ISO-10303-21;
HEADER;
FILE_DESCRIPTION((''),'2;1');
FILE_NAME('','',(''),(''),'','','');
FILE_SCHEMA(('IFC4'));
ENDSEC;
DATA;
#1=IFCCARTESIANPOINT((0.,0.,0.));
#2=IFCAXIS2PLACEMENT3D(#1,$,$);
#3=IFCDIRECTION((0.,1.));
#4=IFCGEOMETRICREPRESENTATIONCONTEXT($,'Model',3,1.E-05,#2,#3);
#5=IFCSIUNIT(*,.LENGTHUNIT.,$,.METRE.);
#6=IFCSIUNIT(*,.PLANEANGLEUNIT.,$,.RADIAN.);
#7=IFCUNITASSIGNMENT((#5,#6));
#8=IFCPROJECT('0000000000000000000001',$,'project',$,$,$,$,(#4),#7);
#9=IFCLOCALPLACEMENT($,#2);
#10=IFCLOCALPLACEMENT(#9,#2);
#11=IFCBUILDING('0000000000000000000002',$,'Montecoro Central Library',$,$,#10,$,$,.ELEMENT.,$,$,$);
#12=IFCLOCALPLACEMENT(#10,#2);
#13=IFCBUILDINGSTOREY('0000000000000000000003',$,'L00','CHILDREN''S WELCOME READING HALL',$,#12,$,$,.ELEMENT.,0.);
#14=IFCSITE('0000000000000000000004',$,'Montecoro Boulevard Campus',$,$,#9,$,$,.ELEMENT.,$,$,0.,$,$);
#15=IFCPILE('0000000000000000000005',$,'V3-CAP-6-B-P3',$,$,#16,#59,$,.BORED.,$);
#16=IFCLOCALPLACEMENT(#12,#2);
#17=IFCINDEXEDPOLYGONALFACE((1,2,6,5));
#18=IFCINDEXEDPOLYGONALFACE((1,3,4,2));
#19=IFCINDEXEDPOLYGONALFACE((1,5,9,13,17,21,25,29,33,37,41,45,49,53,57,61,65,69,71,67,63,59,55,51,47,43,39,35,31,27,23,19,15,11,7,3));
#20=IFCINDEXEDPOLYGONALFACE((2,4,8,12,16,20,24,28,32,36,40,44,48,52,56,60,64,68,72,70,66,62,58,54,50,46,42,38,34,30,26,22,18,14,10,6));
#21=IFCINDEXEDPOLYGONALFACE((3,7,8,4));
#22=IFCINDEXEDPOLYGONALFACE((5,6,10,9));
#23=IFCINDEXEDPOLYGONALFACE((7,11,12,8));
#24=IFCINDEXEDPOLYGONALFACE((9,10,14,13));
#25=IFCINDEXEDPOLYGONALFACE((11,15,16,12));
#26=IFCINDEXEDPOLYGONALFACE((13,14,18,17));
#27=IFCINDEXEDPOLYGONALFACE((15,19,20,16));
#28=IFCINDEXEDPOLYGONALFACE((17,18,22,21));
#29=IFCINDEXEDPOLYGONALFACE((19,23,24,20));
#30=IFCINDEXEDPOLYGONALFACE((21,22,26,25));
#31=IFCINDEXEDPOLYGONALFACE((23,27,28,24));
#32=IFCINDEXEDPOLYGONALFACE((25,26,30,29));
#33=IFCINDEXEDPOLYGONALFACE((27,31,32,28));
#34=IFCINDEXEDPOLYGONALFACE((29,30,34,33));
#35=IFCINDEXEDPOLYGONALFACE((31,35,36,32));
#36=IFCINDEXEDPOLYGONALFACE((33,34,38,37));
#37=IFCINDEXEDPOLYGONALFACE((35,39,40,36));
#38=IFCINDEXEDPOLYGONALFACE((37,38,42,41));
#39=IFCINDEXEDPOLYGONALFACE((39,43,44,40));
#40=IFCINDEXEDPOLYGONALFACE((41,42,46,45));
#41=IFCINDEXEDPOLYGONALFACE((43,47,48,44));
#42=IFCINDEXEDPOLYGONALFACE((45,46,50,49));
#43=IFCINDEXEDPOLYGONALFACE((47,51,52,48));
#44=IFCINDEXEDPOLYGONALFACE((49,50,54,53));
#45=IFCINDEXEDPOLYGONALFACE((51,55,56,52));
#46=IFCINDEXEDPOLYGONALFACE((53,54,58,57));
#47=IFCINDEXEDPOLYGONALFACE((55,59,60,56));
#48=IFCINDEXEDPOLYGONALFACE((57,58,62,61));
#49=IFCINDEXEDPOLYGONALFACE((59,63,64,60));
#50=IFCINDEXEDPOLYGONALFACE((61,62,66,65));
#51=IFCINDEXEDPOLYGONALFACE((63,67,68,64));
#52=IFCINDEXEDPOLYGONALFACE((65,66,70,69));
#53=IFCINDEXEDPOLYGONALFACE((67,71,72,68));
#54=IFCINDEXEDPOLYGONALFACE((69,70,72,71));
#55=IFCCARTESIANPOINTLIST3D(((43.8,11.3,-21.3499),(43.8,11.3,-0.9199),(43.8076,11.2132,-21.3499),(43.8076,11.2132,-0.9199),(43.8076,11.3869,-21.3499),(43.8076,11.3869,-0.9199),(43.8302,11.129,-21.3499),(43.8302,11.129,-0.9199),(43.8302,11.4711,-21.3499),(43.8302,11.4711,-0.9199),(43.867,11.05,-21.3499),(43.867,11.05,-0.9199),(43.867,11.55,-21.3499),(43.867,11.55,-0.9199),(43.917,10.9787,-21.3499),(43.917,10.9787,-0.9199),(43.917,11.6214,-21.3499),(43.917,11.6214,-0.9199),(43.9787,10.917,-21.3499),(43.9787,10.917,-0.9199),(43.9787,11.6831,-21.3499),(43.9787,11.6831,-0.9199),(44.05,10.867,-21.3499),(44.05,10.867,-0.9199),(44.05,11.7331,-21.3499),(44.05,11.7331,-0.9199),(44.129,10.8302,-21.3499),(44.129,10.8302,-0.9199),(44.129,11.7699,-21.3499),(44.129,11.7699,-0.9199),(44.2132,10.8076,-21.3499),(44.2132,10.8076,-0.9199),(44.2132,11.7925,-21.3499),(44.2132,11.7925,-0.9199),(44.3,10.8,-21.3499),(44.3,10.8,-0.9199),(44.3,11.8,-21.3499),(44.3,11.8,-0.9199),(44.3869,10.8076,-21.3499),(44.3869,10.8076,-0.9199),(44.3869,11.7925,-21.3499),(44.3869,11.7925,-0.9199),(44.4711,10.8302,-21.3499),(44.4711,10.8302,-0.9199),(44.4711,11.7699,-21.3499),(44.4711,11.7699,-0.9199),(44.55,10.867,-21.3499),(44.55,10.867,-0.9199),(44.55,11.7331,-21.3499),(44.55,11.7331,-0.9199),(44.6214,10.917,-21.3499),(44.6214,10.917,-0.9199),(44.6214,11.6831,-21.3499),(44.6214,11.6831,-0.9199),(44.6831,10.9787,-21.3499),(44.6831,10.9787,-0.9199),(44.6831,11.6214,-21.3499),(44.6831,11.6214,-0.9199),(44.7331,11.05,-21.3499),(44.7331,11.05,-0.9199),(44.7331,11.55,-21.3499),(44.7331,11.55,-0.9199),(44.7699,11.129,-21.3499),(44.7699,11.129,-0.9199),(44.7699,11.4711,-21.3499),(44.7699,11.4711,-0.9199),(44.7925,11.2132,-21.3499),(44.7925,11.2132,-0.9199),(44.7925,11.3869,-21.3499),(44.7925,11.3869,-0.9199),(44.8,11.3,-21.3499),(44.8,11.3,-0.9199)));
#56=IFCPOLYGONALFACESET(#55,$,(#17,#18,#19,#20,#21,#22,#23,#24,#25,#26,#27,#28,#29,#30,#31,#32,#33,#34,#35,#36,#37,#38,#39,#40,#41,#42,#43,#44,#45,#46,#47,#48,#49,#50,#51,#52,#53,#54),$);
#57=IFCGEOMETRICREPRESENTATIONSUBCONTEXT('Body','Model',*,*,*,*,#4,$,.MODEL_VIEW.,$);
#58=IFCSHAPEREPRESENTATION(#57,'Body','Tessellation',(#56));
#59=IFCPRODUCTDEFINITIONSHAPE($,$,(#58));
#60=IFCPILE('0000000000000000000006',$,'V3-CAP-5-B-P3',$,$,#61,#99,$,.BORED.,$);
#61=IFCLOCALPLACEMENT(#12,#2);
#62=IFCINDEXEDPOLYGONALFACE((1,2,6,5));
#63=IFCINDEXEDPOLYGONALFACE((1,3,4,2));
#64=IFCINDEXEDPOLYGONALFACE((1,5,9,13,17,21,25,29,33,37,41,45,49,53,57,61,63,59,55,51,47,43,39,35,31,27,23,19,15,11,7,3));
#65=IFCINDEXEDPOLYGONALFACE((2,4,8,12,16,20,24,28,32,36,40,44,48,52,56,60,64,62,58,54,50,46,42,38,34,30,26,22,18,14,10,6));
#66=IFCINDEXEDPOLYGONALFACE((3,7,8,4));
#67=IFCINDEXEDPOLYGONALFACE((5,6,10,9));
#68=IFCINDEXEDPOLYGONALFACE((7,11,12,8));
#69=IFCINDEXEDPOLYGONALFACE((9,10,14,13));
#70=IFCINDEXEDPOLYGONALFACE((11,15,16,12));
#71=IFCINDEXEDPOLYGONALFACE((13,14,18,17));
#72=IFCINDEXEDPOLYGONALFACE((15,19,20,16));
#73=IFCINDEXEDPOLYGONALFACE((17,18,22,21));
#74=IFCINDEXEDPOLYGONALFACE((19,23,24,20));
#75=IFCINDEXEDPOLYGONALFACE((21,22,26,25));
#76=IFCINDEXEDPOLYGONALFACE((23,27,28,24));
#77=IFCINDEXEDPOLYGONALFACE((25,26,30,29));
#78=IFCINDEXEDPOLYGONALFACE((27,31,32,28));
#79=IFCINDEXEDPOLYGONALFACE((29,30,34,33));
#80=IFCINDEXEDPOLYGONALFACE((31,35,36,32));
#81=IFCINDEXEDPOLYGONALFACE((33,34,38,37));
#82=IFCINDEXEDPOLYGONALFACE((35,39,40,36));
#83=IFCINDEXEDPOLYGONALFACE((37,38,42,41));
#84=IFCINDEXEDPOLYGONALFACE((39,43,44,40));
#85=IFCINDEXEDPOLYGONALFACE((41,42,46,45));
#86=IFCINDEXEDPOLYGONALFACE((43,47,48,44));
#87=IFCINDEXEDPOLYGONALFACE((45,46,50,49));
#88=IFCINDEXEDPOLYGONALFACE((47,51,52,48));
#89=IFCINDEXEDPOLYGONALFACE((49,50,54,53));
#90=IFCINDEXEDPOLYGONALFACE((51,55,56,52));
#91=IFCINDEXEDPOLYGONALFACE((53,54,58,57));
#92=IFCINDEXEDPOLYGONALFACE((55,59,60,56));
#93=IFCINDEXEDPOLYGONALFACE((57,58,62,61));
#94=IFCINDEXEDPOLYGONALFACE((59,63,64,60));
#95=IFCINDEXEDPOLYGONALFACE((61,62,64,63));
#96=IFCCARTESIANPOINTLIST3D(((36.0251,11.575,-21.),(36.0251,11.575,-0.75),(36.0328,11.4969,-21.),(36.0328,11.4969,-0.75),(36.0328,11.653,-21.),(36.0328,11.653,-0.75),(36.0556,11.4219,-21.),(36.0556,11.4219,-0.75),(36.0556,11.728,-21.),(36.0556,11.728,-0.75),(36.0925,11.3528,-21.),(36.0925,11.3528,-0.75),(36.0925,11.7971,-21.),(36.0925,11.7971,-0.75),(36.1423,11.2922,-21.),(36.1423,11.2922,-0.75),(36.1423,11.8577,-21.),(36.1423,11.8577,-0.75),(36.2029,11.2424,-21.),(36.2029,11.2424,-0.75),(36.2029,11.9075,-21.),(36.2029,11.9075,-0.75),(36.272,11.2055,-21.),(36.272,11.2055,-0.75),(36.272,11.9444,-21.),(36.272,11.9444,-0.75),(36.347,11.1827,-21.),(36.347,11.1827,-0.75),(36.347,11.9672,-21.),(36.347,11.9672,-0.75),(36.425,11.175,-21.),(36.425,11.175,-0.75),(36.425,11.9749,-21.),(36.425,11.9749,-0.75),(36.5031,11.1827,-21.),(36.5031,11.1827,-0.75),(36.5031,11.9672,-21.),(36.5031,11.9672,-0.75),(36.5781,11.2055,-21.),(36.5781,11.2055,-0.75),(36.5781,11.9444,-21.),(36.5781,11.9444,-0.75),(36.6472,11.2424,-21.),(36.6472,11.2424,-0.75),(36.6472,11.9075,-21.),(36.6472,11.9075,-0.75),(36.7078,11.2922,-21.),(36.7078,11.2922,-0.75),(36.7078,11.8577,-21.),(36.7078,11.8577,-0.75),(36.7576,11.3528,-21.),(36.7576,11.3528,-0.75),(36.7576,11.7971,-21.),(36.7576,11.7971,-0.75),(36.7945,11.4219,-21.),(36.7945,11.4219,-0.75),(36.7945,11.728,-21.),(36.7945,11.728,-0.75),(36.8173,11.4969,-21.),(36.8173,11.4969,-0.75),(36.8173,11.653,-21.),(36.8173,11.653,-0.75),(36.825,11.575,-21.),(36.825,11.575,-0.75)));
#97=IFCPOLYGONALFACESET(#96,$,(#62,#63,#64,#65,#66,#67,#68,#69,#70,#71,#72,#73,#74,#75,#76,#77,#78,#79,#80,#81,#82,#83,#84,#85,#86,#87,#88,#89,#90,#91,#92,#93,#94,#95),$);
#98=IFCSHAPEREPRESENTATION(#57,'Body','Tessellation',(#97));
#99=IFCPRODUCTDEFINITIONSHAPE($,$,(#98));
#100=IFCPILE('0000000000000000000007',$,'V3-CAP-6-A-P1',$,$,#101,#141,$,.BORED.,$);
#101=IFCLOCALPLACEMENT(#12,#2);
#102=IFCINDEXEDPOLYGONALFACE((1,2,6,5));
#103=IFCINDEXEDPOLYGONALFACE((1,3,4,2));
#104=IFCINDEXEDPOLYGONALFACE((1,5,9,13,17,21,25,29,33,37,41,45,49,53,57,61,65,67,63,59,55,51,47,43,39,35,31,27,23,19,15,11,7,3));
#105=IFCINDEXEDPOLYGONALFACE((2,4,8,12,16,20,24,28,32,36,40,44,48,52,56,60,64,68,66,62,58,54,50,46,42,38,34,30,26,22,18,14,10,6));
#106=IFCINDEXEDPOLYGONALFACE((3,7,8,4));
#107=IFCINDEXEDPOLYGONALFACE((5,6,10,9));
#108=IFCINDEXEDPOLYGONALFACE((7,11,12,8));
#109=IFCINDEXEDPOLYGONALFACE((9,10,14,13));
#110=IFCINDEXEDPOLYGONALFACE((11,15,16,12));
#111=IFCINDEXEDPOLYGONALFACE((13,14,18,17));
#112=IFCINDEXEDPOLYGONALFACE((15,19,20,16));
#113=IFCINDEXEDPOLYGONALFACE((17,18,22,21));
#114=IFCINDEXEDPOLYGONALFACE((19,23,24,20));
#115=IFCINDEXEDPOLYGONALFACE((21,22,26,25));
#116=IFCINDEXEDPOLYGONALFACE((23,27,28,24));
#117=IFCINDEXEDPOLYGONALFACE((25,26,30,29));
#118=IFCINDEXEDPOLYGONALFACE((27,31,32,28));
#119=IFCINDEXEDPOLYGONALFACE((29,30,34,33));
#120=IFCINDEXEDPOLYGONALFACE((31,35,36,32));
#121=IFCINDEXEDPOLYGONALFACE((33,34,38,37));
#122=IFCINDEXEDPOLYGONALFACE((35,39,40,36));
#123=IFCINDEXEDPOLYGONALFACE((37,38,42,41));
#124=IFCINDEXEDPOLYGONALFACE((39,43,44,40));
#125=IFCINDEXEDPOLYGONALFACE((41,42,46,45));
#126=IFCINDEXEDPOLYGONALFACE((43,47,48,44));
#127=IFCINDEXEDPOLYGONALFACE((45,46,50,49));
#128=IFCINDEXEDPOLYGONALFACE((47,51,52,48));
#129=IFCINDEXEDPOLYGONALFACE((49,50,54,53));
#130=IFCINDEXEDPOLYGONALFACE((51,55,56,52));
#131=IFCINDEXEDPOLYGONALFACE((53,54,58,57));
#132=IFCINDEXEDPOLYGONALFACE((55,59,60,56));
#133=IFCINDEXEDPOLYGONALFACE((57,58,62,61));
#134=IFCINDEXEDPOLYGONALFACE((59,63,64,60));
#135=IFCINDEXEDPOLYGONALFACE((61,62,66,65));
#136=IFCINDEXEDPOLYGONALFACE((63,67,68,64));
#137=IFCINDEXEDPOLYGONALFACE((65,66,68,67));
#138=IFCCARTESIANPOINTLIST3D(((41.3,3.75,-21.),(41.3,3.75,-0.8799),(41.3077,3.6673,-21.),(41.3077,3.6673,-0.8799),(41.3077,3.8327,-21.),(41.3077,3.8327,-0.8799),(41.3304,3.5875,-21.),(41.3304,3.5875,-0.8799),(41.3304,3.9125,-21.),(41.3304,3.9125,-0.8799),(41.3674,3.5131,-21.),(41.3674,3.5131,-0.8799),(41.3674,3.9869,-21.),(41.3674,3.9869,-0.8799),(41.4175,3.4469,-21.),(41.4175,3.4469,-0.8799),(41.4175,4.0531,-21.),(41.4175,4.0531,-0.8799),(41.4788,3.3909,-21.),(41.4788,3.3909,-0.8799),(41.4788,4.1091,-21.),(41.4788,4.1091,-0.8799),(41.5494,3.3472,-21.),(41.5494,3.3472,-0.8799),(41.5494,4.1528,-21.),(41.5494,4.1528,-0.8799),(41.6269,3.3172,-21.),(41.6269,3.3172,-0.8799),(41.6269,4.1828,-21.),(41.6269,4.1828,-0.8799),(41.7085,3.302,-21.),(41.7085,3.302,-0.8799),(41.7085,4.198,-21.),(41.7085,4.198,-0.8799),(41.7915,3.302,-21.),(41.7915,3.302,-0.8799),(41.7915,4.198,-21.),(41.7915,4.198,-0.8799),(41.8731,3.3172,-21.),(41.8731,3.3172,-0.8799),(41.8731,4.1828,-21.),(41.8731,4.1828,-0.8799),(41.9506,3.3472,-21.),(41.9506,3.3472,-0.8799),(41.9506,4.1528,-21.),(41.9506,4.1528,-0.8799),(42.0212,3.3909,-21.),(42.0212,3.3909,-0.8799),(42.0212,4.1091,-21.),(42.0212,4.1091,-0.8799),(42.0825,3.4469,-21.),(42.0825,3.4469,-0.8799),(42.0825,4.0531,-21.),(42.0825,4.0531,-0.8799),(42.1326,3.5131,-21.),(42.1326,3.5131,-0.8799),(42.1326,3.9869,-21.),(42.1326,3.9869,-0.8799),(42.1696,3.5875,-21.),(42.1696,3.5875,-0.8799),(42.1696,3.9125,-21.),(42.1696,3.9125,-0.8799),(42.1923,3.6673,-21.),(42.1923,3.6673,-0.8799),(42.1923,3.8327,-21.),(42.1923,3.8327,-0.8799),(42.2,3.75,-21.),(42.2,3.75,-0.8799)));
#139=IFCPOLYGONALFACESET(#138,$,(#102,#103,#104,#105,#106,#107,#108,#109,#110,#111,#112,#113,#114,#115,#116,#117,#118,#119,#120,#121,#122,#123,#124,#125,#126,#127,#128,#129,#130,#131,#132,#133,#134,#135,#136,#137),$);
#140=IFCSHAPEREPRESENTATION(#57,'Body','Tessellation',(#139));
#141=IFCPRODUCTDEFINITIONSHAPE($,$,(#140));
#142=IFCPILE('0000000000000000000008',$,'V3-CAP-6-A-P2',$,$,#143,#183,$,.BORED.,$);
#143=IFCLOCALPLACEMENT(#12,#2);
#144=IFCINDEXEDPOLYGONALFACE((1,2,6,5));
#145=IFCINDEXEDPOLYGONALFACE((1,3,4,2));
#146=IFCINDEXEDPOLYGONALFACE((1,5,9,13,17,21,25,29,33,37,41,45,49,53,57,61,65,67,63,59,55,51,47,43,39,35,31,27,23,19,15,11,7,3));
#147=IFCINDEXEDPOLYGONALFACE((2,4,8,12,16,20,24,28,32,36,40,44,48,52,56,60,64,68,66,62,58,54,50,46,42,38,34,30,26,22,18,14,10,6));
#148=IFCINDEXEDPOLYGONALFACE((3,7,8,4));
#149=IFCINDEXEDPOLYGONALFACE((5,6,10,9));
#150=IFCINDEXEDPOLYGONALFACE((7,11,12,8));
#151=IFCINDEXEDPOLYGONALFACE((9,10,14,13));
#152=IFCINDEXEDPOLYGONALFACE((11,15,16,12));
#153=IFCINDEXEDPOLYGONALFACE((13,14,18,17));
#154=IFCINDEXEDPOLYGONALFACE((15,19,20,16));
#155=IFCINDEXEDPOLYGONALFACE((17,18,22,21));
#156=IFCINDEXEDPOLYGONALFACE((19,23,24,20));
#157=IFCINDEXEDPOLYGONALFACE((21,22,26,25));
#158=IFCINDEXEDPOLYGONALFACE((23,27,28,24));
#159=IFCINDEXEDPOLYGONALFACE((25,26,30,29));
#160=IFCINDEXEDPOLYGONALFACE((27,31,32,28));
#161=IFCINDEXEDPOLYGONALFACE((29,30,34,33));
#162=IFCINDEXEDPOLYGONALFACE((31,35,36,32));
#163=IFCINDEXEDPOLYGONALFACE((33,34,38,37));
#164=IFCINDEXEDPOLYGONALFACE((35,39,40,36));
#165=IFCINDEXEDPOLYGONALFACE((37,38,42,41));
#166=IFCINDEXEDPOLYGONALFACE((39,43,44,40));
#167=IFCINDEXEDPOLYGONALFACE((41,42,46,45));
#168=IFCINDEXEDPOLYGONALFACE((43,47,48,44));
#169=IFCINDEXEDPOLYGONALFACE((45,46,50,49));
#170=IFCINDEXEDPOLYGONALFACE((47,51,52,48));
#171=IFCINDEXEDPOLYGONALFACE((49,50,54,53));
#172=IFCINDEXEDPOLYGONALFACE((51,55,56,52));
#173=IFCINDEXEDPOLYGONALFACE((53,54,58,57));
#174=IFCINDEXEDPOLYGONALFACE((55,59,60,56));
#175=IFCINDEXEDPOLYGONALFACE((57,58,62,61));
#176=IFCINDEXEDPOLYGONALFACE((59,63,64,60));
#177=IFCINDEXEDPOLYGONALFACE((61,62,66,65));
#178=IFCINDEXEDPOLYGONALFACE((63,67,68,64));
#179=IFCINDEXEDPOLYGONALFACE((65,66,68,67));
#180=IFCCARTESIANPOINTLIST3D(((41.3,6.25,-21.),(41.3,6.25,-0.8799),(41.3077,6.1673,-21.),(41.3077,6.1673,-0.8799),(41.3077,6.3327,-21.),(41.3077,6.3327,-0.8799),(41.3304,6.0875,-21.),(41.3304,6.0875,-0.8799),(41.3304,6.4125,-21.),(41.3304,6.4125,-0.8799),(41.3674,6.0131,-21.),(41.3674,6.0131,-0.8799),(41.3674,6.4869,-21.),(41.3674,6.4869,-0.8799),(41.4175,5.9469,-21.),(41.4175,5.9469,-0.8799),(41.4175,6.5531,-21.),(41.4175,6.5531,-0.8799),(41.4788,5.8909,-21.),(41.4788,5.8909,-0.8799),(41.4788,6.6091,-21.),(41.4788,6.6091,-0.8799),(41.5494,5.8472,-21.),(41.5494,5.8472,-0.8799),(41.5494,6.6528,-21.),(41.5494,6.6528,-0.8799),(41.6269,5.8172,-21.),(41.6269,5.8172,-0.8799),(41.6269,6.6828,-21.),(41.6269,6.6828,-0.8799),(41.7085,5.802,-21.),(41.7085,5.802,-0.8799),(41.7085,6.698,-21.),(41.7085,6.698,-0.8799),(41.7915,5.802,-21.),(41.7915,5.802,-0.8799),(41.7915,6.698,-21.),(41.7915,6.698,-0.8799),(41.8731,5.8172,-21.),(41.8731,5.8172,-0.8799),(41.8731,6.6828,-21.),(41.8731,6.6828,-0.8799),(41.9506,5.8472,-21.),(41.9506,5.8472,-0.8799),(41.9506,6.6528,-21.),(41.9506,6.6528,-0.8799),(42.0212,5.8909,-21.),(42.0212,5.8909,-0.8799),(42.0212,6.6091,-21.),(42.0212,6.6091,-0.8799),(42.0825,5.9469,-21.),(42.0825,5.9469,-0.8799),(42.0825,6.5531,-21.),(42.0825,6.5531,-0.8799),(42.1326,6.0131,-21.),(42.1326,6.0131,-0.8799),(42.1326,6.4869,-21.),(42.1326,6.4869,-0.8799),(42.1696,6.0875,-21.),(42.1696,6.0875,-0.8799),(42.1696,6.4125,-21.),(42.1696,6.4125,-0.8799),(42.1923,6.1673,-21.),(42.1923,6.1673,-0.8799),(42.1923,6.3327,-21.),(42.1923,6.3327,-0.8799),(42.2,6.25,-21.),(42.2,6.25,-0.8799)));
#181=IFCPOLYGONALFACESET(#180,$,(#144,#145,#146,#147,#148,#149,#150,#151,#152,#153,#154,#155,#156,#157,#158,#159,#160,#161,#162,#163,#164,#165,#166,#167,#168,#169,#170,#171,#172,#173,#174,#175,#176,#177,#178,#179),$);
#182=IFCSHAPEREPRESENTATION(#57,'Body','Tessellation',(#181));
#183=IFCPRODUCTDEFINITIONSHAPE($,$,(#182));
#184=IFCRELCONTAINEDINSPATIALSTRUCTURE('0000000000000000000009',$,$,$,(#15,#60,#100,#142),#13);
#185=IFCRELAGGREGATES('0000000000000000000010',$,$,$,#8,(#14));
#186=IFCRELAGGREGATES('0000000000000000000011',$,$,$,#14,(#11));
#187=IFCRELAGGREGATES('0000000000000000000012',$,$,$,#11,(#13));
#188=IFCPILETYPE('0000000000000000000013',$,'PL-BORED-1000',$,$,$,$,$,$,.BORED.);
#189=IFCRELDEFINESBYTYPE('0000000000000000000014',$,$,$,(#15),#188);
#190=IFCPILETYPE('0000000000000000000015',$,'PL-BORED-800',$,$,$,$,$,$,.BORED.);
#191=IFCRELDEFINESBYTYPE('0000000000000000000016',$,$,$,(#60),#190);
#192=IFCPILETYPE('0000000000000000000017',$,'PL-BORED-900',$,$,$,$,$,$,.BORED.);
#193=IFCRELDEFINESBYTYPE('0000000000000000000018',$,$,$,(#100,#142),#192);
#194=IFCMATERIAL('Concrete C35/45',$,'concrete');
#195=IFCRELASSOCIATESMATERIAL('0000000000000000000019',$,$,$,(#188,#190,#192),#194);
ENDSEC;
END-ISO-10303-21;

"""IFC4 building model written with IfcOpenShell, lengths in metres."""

from ifc_helpers import new_model, si_unit, direction, frame, origin, origin_2d, place, context, subcontext, project, spatial, circle, extrude, material, material_profile, profile_set, type_object, element, save


model = new_model("IFC4")

# Units and contexts
model_context = context("Model", 3, precision=1e-05, world=origin(), true_north=direction((0.0, 1.0)))
body_context = subcontext(model_context, "Body", "Model", "MODEL_VIEW")
ifc_project = project(units=[si_unit("LENGTHUNIT", "METRE"), si_unit("PLANEANGLEUNIT", "RADIAN")], contexts=[model_context])

# Site, building, storey
site_placement = place(None, origin())
site = spatial("IfcSite", under=ifc_project, at=site_placement, Name="Montecoro Boulevard Campus", CompositionType="ELEMENT", RefElevation=0.0)
building_placement = place(site_placement, origin())
building = spatial("IfcBuilding", under=site, at=building_placement, Name="Montecoro Central Library", CompositionType="ELEMENT")
storey_placement = place(building_placement, origin())
storey = spatial("IfcBuildingStorey", under=building, at=storey_placement, Name="L00", Description="CHILDREN'S WELCOME READING HALL", CompositionType="ELEMENT", Elevation=0.0)

# Shared definitions
ifc_material_1 = material(Name="Concrete C35/45", Category="concrete")

# Piles
ifc_material_profile_1 = material_profile(ifc_material_1, circle(Radius=0.5, at=origin_2d()), Name="PILE D1000")
ifc_profile_set_1 = profile_set([ifc_material_profile_1], Name="Concrete C35/45")
pile_type_1 = type_object("IfcPileType", Name="PL-BORED-1000", PredefinedType="BORED", material=ifc_profile_set_1)
for number, where, z_axis, x_axis, name in (
    (1, (44.3, 11.3, -0.9199), (0.0, 0.0, -1.0), (1.0, 0.0, 0.0), "V3-CAP-6-B-P3"),
):
    element("IfcPile", number, at=place(storey_placement, frame(where, z_axis=z_axis, x_axis=x_axis)), inside=storey, type_object=pile_type_1, Name=name, PredefinedType="BORED", context=body_context, shape_type="SweptSolid", body=[
        extrude(circle(Radius=0.5, at=origin_2d()), origin(), (0.0, 0.0, 1.0), 20.4299),
    ])
ifc_material_profile_2 = material_profile(ifc_material_1, circle(Radius=0.3999, at=origin_2d()), Name="PILE D800")
ifc_profile_set_2 = profile_set([ifc_material_profile_2], Name="Concrete C35/45")
pile_type_2 = type_object("IfcPileType", Name="PL-BORED-800", PredefinedType="BORED", material=ifc_profile_set_2)
pile_placement = place(storey_placement, frame((36.425, 11.575, -0.75), z_axis=(0.0, 0.0, -1.0), x_axis=(1.0, 0.0, 0.0)))
element("IfcPile", 2, at=pile_placement, inside=storey, type_object=pile_type_2, Name="V3-CAP-5-B-P3", PredefinedType="BORED", context=body_context, shape_type="SweptSolid", body=[
    extrude(circle(Radius=0.3999, at=origin_2d()), origin(), (0.0, 0.0, 1.0), 20.25),
])
ifc_material_profile_3 = material_profile(ifc_material_1, circle(Radius=0.45, at=origin_2d()), Name="PILE D900")
ifc_profile_set_3 = profile_set([ifc_material_profile_3], Name="Concrete C35/45")
pile_type_3 = type_object("IfcPileType", Name="PL-BORED-900", PredefinedType="BORED", material=ifc_profile_set_3)
for number, where, z_axis, x_axis, name in (
    (3, (41.75, 3.75, -0.8799), (0.0, 0.0, -1.0), (1.0, 0.0, 0.0), "V3-CAP-6-A-P1"),
    (4, (41.75, 6.25, -0.8799), (0.0, 0.0, -1.0), (1.0, 0.0, 0.0), "V3-CAP-6-A-P2"),
):
    element("IfcPile", number, at=place(storey_placement, frame(where, z_axis=z_axis, x_axis=x_axis)), inside=storey, type_object=pile_type_3, Name=name, PredefinedType="BORED", context=body_context, shape_type="SweptSolid", body=[
        extrude(circle(Radius=0.45, at=origin_2d()), origin(), (0.0, 0.0, 1.0), 20.1201),
    ])

save(model, "model.ifc")
